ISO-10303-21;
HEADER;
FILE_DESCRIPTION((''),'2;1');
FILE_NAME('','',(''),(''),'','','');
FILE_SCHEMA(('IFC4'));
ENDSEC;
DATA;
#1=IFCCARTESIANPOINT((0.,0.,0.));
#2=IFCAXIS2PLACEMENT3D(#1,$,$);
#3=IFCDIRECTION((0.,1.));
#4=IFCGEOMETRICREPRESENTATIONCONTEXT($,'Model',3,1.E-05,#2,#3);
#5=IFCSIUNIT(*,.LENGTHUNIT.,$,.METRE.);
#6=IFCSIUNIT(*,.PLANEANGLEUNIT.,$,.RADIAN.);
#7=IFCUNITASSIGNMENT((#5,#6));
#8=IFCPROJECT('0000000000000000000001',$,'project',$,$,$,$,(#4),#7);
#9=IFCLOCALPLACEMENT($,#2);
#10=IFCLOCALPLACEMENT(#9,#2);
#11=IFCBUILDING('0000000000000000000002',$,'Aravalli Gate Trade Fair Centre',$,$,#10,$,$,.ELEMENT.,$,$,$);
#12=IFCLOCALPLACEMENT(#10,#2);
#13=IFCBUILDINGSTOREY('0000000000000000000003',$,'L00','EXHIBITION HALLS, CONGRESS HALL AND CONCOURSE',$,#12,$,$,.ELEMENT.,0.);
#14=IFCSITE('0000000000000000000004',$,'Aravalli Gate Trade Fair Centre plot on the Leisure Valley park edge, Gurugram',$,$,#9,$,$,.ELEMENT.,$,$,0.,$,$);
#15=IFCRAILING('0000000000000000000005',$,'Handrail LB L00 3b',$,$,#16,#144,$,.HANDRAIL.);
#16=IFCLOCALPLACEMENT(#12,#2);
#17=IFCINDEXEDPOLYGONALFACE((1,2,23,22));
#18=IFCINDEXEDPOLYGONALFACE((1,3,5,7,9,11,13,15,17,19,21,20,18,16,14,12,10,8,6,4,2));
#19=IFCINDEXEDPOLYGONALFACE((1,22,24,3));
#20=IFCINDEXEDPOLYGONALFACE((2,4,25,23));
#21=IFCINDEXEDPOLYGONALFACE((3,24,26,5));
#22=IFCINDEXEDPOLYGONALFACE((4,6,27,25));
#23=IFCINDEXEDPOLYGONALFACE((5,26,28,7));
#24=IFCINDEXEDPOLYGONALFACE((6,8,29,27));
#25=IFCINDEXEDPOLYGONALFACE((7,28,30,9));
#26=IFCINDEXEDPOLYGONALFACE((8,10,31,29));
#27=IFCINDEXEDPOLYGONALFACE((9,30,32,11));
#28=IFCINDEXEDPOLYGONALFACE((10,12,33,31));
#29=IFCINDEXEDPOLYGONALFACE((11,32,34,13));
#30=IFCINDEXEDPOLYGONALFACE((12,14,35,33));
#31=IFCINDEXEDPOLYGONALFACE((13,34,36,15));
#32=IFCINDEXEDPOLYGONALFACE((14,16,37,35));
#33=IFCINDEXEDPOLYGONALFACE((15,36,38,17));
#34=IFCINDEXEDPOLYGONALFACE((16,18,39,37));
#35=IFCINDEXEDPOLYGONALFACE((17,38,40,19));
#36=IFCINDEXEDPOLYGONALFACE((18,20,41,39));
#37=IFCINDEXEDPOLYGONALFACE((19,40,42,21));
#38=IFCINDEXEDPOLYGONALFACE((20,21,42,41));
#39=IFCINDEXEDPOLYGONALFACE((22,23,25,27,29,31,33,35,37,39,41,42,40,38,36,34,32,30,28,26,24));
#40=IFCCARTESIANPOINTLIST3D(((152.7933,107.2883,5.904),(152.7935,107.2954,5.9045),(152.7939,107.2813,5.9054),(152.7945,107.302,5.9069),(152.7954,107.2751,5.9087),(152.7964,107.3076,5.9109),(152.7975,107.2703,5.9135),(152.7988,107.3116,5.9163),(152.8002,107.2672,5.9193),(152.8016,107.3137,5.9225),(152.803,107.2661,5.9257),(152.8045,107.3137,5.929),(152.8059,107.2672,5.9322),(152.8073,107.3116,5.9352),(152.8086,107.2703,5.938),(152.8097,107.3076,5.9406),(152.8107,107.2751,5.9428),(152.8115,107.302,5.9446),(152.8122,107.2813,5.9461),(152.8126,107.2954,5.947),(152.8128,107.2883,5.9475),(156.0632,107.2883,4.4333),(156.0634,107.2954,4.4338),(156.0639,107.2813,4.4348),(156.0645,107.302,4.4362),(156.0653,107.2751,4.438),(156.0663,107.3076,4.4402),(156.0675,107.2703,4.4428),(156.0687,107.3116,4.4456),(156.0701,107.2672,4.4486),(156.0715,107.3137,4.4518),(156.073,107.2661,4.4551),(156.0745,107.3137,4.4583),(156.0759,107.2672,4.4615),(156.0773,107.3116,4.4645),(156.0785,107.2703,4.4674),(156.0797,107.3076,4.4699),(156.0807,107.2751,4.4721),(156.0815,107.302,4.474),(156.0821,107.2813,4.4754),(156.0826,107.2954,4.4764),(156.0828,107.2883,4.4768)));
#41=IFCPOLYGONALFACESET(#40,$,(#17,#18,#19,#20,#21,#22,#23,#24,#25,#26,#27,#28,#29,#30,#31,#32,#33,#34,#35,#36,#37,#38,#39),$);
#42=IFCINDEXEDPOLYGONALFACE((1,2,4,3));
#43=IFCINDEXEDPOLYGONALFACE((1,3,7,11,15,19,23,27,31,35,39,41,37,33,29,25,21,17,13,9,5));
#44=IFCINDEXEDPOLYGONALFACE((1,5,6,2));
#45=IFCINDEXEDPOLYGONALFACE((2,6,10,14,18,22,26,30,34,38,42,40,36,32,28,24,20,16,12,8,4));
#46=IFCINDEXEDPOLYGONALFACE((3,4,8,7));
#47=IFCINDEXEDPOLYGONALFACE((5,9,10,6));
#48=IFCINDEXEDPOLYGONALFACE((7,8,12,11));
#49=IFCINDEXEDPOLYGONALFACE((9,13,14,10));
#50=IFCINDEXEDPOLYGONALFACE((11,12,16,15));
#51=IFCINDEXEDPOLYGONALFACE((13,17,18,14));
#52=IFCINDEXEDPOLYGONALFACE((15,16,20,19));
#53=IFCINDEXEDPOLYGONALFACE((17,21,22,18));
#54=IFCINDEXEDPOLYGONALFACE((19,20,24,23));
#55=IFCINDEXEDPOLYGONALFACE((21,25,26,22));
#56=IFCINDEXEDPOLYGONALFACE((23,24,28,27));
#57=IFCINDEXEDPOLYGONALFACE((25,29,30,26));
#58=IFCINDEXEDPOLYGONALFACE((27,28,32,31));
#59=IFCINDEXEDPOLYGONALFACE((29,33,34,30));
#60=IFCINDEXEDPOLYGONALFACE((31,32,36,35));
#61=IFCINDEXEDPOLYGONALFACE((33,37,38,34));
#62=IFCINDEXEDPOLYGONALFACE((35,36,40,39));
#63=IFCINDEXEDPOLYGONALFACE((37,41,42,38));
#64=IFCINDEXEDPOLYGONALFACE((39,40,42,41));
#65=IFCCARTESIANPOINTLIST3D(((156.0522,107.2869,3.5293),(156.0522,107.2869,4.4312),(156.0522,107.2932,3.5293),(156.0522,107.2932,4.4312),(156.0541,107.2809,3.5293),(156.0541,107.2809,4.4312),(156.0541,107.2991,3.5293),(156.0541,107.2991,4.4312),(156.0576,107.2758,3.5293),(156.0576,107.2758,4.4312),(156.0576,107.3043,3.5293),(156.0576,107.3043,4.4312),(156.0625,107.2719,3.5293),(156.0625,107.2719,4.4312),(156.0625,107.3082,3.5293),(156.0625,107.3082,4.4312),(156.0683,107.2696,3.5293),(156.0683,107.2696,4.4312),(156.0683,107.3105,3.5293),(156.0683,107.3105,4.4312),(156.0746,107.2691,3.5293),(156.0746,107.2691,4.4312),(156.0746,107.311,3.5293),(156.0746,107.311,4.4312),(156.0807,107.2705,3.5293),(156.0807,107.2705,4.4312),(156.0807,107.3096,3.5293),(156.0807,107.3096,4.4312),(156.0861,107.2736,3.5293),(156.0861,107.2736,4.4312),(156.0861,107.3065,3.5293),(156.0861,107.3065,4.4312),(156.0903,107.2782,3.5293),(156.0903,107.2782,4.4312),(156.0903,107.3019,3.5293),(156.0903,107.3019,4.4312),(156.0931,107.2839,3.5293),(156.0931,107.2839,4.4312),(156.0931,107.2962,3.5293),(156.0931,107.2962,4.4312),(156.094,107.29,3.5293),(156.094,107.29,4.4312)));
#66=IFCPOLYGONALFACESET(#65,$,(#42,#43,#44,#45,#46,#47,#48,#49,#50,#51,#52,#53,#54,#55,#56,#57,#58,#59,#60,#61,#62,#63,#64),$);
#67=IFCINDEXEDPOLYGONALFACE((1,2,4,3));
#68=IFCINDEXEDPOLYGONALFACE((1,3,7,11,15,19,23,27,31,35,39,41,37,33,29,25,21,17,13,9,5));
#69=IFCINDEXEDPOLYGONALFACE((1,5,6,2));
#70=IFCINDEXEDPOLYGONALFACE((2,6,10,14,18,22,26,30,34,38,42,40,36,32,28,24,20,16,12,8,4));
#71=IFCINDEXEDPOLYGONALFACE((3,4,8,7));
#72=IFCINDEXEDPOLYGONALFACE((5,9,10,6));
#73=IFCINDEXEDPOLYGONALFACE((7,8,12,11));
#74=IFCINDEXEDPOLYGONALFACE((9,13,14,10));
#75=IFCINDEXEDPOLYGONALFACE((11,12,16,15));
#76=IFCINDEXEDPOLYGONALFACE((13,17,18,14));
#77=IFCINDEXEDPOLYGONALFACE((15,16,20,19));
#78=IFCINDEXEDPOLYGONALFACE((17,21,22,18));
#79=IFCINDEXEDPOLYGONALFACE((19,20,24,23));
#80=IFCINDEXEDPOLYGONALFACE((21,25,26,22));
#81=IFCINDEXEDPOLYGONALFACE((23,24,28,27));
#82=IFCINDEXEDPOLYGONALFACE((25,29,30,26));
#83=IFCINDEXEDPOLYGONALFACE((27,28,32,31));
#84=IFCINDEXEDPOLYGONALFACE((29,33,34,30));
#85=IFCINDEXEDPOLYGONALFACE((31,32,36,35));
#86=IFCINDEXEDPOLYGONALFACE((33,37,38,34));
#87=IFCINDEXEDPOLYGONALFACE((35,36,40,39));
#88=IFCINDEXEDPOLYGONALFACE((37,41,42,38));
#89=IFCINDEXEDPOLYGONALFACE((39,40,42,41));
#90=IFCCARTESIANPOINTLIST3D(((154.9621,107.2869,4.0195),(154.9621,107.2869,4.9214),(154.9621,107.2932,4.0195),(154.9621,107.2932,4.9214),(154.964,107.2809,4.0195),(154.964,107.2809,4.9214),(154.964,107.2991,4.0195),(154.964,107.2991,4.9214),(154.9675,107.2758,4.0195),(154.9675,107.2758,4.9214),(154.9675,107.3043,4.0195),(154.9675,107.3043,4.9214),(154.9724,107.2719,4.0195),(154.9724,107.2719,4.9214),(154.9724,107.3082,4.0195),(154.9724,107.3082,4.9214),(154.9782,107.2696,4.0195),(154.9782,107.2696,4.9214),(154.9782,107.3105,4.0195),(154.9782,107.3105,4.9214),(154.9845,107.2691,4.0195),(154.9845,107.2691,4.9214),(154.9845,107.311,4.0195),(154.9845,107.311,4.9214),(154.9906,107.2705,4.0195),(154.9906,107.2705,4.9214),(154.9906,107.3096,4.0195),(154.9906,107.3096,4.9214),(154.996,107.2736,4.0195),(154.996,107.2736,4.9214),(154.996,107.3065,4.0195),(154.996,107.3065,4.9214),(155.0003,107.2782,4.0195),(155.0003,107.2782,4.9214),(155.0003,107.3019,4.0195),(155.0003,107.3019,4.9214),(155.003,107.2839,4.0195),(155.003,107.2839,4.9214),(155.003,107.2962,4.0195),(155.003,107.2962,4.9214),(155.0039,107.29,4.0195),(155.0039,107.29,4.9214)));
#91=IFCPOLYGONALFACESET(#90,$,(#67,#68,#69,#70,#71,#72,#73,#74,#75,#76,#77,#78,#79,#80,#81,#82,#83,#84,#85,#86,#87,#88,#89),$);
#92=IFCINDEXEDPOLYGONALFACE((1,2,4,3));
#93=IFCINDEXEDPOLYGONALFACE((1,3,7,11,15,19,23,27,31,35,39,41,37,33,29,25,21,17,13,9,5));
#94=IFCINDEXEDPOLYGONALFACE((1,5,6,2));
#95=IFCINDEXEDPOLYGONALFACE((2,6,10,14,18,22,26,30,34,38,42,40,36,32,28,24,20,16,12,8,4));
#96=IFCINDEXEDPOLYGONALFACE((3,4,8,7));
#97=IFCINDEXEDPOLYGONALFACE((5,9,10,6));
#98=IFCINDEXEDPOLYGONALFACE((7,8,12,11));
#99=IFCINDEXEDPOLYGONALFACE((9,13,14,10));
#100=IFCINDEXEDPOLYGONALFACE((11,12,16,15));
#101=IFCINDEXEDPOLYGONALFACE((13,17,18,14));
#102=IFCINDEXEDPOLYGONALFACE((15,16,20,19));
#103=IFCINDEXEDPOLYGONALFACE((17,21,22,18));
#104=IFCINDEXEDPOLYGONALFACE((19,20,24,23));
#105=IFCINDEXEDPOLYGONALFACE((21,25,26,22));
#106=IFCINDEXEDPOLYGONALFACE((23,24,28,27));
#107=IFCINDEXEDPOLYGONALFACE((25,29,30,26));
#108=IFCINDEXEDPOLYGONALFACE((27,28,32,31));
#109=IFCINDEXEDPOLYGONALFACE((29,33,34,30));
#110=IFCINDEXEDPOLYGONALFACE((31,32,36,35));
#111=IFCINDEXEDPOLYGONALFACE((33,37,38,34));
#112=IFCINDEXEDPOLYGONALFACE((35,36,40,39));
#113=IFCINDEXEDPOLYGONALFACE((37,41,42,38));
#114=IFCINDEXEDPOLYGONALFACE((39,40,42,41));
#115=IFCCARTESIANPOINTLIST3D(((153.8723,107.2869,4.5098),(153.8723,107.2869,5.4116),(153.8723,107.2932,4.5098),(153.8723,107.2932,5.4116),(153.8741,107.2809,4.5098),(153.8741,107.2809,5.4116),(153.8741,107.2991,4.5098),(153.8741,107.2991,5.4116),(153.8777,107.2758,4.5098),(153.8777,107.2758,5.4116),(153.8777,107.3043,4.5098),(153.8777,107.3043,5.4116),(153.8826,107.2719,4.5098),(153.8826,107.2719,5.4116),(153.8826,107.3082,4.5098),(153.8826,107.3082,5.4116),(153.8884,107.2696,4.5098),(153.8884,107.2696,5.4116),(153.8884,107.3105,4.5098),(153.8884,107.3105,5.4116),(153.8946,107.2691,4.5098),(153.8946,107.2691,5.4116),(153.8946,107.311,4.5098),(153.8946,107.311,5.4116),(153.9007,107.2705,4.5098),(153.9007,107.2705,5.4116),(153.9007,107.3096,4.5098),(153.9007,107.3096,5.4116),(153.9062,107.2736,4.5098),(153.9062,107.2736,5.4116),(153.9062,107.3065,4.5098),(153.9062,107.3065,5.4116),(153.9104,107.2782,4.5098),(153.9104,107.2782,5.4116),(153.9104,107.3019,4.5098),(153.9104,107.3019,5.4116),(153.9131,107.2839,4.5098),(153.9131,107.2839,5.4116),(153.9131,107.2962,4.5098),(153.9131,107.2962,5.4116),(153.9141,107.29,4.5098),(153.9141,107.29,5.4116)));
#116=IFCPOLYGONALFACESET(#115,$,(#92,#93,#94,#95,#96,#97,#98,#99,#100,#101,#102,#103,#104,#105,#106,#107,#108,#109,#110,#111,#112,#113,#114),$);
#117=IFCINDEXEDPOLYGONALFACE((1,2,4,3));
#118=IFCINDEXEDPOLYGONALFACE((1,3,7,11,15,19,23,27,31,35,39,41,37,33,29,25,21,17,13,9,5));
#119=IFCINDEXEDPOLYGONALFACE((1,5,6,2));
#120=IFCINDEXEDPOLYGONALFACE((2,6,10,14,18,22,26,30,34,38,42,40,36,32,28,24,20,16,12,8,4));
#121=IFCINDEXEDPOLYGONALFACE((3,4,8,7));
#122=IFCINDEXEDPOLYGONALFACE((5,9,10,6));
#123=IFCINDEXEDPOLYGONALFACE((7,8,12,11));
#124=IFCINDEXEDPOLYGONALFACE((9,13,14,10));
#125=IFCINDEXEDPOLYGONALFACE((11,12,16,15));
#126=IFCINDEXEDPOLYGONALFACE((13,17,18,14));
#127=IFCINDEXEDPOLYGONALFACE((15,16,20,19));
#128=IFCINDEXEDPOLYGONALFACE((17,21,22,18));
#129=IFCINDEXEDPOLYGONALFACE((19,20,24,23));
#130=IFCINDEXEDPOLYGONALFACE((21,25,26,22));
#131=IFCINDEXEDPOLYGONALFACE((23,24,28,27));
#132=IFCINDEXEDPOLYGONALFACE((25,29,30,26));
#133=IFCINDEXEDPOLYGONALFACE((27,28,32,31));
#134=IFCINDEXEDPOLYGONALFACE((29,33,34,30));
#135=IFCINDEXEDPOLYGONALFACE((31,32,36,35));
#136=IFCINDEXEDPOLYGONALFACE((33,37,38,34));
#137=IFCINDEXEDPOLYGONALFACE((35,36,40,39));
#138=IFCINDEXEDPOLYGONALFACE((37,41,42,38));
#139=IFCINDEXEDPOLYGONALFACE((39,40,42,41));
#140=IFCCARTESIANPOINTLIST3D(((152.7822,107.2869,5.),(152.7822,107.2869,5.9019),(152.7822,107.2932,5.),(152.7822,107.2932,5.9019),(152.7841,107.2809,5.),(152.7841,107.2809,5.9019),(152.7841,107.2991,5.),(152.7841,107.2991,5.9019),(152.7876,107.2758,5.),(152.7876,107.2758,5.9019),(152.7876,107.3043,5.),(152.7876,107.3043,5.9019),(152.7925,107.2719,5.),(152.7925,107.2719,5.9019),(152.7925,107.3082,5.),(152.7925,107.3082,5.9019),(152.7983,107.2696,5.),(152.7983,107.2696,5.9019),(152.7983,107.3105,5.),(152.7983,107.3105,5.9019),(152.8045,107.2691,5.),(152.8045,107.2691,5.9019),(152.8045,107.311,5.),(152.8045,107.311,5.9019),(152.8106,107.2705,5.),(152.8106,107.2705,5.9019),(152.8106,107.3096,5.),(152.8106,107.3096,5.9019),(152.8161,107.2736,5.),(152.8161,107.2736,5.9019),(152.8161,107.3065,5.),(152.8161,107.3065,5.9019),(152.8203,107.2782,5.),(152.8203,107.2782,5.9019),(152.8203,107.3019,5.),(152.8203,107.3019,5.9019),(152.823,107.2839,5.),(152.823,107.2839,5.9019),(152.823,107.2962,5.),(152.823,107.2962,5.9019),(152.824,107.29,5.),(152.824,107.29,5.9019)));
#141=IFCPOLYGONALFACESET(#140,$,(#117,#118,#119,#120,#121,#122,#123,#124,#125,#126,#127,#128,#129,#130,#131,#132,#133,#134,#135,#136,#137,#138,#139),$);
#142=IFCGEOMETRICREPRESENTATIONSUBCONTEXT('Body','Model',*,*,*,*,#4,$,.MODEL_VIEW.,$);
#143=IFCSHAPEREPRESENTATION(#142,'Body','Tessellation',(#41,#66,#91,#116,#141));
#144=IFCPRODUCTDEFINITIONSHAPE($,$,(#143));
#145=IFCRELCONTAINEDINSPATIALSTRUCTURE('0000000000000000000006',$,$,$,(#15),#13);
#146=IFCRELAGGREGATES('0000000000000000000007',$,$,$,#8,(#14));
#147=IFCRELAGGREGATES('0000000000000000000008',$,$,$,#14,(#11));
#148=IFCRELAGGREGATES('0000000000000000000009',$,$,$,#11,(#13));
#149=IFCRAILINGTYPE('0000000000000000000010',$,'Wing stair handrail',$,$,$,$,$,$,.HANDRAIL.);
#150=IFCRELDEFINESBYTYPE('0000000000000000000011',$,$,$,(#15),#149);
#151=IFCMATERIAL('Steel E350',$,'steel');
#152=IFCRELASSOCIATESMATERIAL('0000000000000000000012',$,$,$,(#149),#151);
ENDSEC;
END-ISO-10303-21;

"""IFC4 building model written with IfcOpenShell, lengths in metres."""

from ifc_helpers import new_model, si_unit, direction, frame, origin, origin_2d, place, context, subcontext, project, spatial, circle, extrude, material, type_object, element, save


model = new_model("IFC4")

# Units and contexts
model_context = context("Model", 3, precision=1e-05, world=origin(), true_north=direction((0.0, 1.0)))
body_context = subcontext(model_context, "Body", "Model", "MODEL_VIEW")
ifc_project = project(units=[si_unit("LENGTHUNIT", "METRE"), si_unit("PLANEANGLEUNIT", "RADIAN")], contexts=[model_context])

# Site, building, storey
site_placement = place(None, origin())
site = spatial("IfcSite", under=ifc_project, at=site_placement, Name="Aravalli Gate Trade Fair Centre plot on the Leisure Valley park edge, Gurugram", CompositionType="ELEMENT", RefElevation=0.0)
building_placement = place(site_placement, origin())
building = spatial("IfcBuilding", under=site, at=building_placement, Name="Aravalli Gate Trade Fair Centre", CompositionType="ELEMENT")
storey_placement = place(building_placement, origin())
storey = spatial("IfcBuildingStorey", under=building, at=storey_placement, Name="L00", Description="EXHIBITION HALLS, CONGRESS HALL AND CONCOURSE", CompositionType="ELEMENT", Elevation=0.0)

# Shared definitions
ifc_material_1 = material(Name="Steel E350", Category="steel")

# Railing
railing_type_1 = type_object("IfcRailingType", Name="Wing stair handrail", PredefinedType="HANDRAIL", material=ifc_material_1)
for number, where, name in (
    (1, (156.073, 107.29, 3.5293), "Handrail LB L00 3b"),
):
    element("IfcRailing", number, at=place(storey_placement, frame(where)), inside=storey, type_object=railing_type_1, Name=name, PredefinedType="HANDRAIL", context=body_context, shape_type="SweptSolid", body=[
        extrude(circle(Radius=0.0239, at=origin_2d()), frame((0.0, 0.0, 0.9258), z_axis=(-0.912006, 0.0, 0.410178), x_axis=(0.0, -1.0, 0.0)), (0.0, 0.0, 1.0), 3.5854),
        extrude(circle(Radius=0.021, at=origin_2d()), origin(), (0.0, 0.0, 1.0), 0.9019),
        extrude(circle(Radius=0.021, at=origin_2d()), frame((-1.0901, 0.0, 0.4902)), (0.0, 0.0, 1.0), 0.9019),
        extrude(circle(Radius=0.021, at=origin_2d()), frame((-2.1799, 0.0, 0.9805)), (0.0, 0.0, 1.0), 0.9019),
        extrude(circle(Radius=0.021, at=origin_2d()), frame((-3.27, 0.0, 1.4707)), (0.0, 0.0, 1.0), 0.9019),
    ])

save(model, "model.ifc")
